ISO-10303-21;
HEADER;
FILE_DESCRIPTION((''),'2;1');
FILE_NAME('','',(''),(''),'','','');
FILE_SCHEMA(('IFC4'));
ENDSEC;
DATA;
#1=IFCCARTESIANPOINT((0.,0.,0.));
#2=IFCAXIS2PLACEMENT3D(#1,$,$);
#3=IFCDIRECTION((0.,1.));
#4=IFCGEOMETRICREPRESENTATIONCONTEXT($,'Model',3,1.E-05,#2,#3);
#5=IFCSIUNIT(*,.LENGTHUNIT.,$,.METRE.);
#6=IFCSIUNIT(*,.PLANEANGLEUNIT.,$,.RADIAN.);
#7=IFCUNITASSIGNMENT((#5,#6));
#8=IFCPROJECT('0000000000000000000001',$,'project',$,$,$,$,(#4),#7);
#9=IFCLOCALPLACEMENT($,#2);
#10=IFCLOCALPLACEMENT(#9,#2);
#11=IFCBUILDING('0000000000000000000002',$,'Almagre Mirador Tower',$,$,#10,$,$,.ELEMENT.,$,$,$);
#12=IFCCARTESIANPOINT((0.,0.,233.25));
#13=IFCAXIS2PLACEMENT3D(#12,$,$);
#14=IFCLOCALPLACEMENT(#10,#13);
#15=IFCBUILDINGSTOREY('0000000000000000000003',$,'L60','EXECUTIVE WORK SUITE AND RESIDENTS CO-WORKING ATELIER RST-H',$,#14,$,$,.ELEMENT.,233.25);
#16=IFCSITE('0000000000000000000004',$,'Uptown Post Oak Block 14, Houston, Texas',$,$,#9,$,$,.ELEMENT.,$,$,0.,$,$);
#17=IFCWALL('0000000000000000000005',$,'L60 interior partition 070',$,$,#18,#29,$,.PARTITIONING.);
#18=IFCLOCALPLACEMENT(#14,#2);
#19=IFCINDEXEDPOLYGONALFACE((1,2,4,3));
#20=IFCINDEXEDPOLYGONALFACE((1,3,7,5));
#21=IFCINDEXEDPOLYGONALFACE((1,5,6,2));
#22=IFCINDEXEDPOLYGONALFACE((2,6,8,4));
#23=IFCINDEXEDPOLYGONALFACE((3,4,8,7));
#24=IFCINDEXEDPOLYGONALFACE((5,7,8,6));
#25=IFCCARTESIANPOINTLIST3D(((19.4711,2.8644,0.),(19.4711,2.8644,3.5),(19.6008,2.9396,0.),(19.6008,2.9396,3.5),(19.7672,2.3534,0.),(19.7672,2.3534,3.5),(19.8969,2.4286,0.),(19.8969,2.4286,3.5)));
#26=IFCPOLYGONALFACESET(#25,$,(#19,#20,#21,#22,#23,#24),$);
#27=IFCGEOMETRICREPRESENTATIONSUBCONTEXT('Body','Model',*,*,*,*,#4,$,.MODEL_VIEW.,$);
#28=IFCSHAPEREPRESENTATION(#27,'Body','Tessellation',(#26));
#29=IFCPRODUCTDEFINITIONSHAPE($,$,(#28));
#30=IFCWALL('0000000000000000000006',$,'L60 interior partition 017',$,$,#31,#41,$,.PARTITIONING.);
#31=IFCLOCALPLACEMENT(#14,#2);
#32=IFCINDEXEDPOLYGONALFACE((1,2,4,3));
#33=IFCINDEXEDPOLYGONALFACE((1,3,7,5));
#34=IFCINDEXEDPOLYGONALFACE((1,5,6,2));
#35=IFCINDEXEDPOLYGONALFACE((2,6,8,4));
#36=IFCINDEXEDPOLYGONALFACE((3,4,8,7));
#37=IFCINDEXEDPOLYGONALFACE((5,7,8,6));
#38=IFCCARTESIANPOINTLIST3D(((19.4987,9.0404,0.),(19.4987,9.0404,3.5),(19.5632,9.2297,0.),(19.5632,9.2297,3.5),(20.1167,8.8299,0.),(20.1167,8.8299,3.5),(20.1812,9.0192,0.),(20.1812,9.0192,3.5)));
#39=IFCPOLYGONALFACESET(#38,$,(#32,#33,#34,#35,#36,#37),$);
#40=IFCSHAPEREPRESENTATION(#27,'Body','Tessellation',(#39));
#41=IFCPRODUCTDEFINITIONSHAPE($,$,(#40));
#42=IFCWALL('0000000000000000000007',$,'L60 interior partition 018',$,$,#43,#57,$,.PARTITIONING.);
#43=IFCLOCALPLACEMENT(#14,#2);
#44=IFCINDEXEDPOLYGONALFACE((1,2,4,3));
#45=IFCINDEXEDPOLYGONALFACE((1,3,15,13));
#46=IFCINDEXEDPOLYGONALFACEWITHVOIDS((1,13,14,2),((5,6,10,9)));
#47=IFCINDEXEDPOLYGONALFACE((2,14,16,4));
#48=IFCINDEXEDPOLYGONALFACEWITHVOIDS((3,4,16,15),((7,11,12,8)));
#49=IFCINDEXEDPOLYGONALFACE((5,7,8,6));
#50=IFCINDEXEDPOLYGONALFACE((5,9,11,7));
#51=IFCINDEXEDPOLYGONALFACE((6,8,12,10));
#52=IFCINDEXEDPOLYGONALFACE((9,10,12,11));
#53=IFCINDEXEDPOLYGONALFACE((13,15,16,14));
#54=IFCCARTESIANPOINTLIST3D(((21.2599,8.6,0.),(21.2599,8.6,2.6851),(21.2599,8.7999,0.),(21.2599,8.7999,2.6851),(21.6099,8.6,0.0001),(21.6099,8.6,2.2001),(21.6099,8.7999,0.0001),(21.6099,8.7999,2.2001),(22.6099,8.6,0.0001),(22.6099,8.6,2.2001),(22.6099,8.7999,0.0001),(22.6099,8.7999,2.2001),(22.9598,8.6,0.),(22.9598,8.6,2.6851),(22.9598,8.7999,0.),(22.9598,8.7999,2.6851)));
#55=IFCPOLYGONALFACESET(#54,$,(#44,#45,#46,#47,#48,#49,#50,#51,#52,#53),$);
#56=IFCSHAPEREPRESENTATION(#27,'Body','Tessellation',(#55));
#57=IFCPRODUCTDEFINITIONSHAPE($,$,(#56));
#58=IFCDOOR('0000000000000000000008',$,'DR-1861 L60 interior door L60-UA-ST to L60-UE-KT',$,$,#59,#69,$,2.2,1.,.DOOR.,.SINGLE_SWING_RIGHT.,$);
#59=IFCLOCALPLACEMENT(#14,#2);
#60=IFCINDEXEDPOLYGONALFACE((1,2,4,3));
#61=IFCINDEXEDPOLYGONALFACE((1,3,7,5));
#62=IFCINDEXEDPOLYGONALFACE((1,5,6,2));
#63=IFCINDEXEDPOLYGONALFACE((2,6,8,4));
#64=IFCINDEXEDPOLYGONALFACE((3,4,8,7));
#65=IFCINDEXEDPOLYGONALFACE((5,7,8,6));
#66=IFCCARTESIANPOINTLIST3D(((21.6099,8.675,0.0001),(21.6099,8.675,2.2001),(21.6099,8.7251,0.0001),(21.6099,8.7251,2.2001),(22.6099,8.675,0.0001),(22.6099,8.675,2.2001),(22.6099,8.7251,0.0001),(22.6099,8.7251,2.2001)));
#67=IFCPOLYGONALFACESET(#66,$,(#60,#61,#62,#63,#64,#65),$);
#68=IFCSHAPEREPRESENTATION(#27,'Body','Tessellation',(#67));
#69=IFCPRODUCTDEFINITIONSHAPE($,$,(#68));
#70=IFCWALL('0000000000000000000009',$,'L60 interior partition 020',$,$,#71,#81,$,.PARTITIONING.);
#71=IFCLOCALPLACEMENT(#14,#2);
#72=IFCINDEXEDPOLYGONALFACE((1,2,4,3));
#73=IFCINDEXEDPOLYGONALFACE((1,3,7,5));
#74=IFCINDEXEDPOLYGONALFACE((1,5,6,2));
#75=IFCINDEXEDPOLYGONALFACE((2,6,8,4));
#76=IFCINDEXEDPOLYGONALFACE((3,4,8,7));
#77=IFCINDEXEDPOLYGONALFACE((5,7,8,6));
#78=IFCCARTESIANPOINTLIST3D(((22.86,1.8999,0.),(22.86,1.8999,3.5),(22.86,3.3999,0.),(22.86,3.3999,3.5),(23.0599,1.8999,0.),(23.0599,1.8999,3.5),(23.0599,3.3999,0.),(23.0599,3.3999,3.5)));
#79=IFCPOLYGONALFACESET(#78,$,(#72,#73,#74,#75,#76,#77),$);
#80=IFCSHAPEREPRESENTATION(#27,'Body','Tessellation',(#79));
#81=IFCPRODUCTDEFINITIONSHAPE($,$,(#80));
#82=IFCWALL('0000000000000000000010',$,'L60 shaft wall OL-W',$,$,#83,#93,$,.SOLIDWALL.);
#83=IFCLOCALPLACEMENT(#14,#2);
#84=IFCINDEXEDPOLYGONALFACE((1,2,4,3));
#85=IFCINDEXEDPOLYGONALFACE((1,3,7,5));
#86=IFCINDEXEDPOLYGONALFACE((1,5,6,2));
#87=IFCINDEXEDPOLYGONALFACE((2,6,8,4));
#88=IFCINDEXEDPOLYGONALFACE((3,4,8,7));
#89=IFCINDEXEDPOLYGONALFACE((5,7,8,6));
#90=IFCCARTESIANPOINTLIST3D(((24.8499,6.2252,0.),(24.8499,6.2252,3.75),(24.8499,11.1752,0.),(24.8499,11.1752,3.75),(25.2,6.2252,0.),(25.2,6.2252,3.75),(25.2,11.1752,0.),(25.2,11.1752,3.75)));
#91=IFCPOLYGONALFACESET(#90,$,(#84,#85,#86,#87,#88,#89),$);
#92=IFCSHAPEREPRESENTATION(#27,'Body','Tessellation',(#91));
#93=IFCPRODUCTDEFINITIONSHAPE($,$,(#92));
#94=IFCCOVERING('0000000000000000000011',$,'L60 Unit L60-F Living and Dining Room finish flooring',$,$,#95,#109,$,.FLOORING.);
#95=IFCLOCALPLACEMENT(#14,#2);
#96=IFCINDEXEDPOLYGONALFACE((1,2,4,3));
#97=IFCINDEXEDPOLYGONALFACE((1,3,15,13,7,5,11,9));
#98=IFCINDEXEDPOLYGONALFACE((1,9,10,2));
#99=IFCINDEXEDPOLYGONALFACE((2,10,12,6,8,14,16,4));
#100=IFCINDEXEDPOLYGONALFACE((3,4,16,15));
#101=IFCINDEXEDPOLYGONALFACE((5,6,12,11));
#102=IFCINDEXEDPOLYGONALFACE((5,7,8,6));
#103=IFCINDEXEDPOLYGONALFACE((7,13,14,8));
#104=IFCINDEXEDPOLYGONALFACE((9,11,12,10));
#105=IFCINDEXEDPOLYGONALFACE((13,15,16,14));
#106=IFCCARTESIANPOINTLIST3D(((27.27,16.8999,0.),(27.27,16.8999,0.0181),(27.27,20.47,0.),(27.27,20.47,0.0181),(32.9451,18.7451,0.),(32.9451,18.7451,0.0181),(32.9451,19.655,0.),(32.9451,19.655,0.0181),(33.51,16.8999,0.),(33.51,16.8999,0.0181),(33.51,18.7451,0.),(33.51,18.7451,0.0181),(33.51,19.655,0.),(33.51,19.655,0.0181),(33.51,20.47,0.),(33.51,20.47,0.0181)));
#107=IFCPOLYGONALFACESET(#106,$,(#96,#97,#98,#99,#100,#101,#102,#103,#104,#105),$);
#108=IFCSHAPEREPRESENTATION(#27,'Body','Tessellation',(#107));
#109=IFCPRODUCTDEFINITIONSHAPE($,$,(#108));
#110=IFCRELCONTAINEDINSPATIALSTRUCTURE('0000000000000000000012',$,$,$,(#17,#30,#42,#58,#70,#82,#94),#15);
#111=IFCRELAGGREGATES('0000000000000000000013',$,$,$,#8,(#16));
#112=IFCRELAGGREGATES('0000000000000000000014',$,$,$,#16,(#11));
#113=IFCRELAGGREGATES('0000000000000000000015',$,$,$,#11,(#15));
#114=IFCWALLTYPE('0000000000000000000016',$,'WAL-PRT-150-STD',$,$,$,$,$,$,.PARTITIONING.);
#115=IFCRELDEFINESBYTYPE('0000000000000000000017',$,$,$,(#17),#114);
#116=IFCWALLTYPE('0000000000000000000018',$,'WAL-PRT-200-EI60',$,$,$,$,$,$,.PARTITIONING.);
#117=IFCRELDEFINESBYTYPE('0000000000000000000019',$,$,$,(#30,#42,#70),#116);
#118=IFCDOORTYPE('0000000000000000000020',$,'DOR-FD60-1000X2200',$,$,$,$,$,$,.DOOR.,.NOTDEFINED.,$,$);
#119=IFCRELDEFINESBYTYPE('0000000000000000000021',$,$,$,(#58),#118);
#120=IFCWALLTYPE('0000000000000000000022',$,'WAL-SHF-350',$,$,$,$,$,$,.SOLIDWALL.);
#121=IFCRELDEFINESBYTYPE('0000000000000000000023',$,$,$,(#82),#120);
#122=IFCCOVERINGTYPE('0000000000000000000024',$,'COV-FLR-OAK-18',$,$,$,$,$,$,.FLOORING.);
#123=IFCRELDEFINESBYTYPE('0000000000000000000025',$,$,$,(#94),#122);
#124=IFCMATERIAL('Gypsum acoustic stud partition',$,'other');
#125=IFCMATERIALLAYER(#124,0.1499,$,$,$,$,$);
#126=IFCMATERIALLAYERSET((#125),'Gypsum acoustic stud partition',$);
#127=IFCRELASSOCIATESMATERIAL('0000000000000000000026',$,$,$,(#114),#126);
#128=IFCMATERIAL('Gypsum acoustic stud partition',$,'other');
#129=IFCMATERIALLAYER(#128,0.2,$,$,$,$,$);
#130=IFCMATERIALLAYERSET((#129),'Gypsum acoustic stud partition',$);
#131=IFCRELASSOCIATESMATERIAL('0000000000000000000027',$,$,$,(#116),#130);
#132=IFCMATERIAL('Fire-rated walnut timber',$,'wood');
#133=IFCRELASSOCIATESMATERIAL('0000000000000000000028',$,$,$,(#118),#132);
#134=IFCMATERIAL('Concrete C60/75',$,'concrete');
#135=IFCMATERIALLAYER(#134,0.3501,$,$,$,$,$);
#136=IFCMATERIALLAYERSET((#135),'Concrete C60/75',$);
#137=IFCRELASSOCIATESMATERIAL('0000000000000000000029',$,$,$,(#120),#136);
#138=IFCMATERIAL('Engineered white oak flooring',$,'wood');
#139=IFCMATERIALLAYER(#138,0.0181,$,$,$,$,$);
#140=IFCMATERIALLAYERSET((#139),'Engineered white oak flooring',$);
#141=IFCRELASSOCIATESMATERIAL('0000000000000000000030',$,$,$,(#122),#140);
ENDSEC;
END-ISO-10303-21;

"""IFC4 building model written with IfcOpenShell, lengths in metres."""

from ifc_helpers import new_model, si_unit, direction, frame, frame_2d, origin, place, context, subcontext, project, spatial, polyline, rectangle, outline, extrude, material, layer, layer_set, type_object, element, fill, save


model = new_model("IFC4")

# Units and contexts
model_context = context("Model", 3, precision=1e-05, world=origin(), true_north=direction((0.0, 1.0)))
body_context = subcontext(model_context, "Body", "Model", "MODEL_VIEW")
ifc_project = project(units=[si_unit("LENGTHUNIT", "METRE"), si_unit("PLANEANGLEUNIT", "RADIAN")], contexts=[model_context])

# Site, building, storey
site_placement = place(None, origin())
site = spatial("IfcSite", under=ifc_project, at=site_placement, Name="Uptown Post Oak Block 14, Houston, Texas", CompositionType="ELEMENT", RefElevation=0.0)
building_placement = place(site_placement, origin())
building = spatial("IfcBuilding", under=site, at=building_placement, Name="Almagre Mirador Tower", CompositionType="ELEMENT")
storey_placement = place(building_placement, frame((0.0, 0.0, 233.25)))
storey = spatial("IfcBuildingStorey", under=building, at=storey_placement, Name="L60", Description="EXECUTIVE WORK SUITE AND RESIDENTS CO-WORKING ATELIER RST-H", CompositionType="ELEMENT", Elevation=233.25)

# Shared definitions
ifc_material_1 = material(Name="Gypsum acoustic stud partition", Category="other")
ifc_layer_1 = layer(ifc_material_1, 0.1499)
ifc_layer_set_1 = layer_set([ifc_layer_1], Name="Gypsum acoustic stud partition")
wall_type_1 = type_object("IfcWallType", Name="WAL-PRT-150-STD", PredefinedType="PARTITIONING", material=ifc_layer_set_1)

# Walls
wall_1_placement = place(storey_placement, frame((19.5359, 2.9021, 0.0), z_axis=(0.0, 0.0, 1.0), x_axis=(0.501427, -0.8652, 0.0)))
element("IfcWall", 1, at=wall_1_placement, inside=storey, type_object=wall_type_1, Name="L60 interior partition 070", PredefinedType="PARTITIONING", context=body_context, shape_type="SweptSolid", body=[
    extrude(rectangle(XDim=0.5906, YDim=0.1499, at=frame_2d((0.2954, 0.0))), origin(), (0.0, 0.0, 1.0), 3.5),
])
ifc_material_2 = material(Name="Gypsum acoustic stud partition", Category="other")
ifc_layer_2 = layer(ifc_material_2, 0.2)
ifc_layer_set_2 = layer_set([ifc_layer_2], Name="Gypsum acoustic stud partition")
wall_type_2 = type_object("IfcWallType", Name="WAL-PRT-200-EI60", PredefinedType="PARTITIONING", material=ifc_layer_set_2)
wall_2_placement = place(storey_placement, frame((20.1489, 8.9246, 0.0), z_axis=(0.0, 0.0, 1.0), x_axis=(-0.946606, 0.322392, 0.0)))
element("IfcWall", 2, at=wall_2_placement, inside=storey, type_object=wall_type_2, Name="L60 interior partition 017", PredefinedType="PARTITIONING", context=body_context, shape_type="SweptSolid", body=[
    extrude(rectangle(XDim=0.6528, YDim=0.2, at=frame_2d((0.3264, 0.0))), origin(), (0.0, 0.0, 1.0), 3.5),
])

# Wall, opening, door
wall_3_placement = place(storey_placement, frame((22.96, 8.7, 0.0), z_axis=(0.0, 0.0, 1.0), x_axis=(-1.0, 0.0, 0.0)))
wall_3 = element("IfcWall", 3, at=wall_3_placement, inside=storey, type_object=wall_type_2, Name="L60 interior partition 018", PredefinedType="PARTITIONING", context=body_context, shape_type="SweptSolid", body=[
    extrude(rectangle(XDim=1.7, YDim=0.2, at=frame_2d((0.8501, 0.0))), origin(), (0.0, 0.0, 1.0), 2.6851),
])
opening_1_placement = place(wall_3_placement, frame((0.3501, 0.0, 0.0)))
opening_1 = element("IfcOpeningElement", 4, at=opening_1_placement, cuts=wall_3, PredefinedType="OPENING", context=body_context, shape_type="SweptSolid", body=[
    extrude(rectangle(XDim=1.0, YDim=2.2, at=frame_2d((0.5, 1.1001))), frame((0.0, 0.1101, 0.0), z_axis=(0.0, -1.0, 0.0), x_axis=(1.0, 0.0, 0.0)), (0.0, 0.0, 1.0), 0.22),
])
ifc_material_3 = material(Name="Fire-rated walnut timber", Category="wood")
door_type_1 = type_object("IfcDoorType", Name="DOR-FD60-1000X2200", OperationType="NOTDEFINED", PredefinedType="DOOR", material=ifc_material_3)
door_1_placement = place(opening_1_placement, origin())
door_1 = element("IfcDoor", 5, at=door_1_placement, inside=storey, type_object=door_type_1, Name="DR-1861 L60 interior door L60-UA-ST to L60-UE-KT", OperationType="SINGLE_SWING_RIGHT", OverallHeight=2.2, OverallWidth=1.0, PredefinedType="DOOR", context=body_context, shape_type="SweptSolid", body=[
    extrude(rectangle(XDim=1.0, YDim=2.2, at=frame_2d((0.5, 1.1001))), frame((0.0, 0.0249, 0.0), z_axis=(0.0, -1.0, 0.0), x_axis=(1.0, 0.0, 0.0)), (0.0, 0.0, 1.0), 0.05),
])
fill(opening_1, door_1)

# Walls
wall_4_placement = place(storey_placement, frame((22.96, 1.8999, 0.0), z_axis=(0.0, 0.0, 1.0), x_axis=(0.0, 1.0, 0.0)))
element("IfcWall", 6, at=wall_4_placement, inside=storey, type_object=wall_type_2, Name="L60 interior partition 020", PredefinedType="PARTITIONING", context=body_context, shape_type="SweptSolid", body=[
    extrude(rectangle(XDim=1.5, YDim=0.2, at=frame_2d((0.75, 0.0))), origin(), (0.0, 0.0, 1.0), 3.5),
])
ifc_material_4 = material(Name="Concrete C60/75", Category="concrete")
ifc_layer_3 = layer(ifc_material_4, 0.3501)
ifc_layer_set_3 = layer_set([ifc_layer_3], Name="Concrete C60/75")
wall_type_3 = type_object("IfcWallType", Name="WAL-SHF-350", PredefinedType="SOLIDWALL", material=ifc_layer_set_3)
wall_5_placement = place(storey_placement, frame((25.0249, 6.2251, 0.0), z_axis=(0.0, 0.0, 1.0), x_axis=(0.0, 1.0, 0.0)))
element("IfcWall", 7, at=wall_5_placement, inside=storey, type_object=wall_type_3, Name="L60 shaft wall OL-W", PredefinedType="SOLIDWALL", context=body_context, shape_type="SweptSolid", body=[
    extrude(rectangle(XDim=4.95, YDim=0.3501, at=frame_2d((2.4751, 0.0))), origin(), (0.0, 0.0, 1.0), 3.75),
])

# Covering
ifc_material_5 = material(Name="Engineered white oak flooring", Category="wood")
ifc_layer_4 = layer(ifc_material_5, 0.0181)
ifc_layer_set_4 = layer_set([ifc_layer_4], Name="Engineered white oak flooring")
covering_type = type_object("IfcCoveringType", Name="COV-FLR-OAK-18", PredefinedType="FLOORING", material=ifc_layer_set_4)
covering_placement = place(storey_placement, origin())
element("IfcCovering", 8, at=covering_placement, inside=storey, type_object=covering_type, Name="L60 Unit L60-F Living and Dining Room finish flooring", PredefinedType="FLOORING", context=body_context, shape_type="SweptSolid", body=[
    extrude(outline(polyline([(27.27, 20.47), (33.51, 20.47), (33.51, 19.655), (32.9451, 19.655), (32.9451, 18.7451), (33.51, 18.7451), (33.51, 16.8999), (27.27, 16.8999), (27.27, 20.47)])), origin(), (0.0, 0.0, 1.0), 0.0181),
])

save(model, "model.ifc")
